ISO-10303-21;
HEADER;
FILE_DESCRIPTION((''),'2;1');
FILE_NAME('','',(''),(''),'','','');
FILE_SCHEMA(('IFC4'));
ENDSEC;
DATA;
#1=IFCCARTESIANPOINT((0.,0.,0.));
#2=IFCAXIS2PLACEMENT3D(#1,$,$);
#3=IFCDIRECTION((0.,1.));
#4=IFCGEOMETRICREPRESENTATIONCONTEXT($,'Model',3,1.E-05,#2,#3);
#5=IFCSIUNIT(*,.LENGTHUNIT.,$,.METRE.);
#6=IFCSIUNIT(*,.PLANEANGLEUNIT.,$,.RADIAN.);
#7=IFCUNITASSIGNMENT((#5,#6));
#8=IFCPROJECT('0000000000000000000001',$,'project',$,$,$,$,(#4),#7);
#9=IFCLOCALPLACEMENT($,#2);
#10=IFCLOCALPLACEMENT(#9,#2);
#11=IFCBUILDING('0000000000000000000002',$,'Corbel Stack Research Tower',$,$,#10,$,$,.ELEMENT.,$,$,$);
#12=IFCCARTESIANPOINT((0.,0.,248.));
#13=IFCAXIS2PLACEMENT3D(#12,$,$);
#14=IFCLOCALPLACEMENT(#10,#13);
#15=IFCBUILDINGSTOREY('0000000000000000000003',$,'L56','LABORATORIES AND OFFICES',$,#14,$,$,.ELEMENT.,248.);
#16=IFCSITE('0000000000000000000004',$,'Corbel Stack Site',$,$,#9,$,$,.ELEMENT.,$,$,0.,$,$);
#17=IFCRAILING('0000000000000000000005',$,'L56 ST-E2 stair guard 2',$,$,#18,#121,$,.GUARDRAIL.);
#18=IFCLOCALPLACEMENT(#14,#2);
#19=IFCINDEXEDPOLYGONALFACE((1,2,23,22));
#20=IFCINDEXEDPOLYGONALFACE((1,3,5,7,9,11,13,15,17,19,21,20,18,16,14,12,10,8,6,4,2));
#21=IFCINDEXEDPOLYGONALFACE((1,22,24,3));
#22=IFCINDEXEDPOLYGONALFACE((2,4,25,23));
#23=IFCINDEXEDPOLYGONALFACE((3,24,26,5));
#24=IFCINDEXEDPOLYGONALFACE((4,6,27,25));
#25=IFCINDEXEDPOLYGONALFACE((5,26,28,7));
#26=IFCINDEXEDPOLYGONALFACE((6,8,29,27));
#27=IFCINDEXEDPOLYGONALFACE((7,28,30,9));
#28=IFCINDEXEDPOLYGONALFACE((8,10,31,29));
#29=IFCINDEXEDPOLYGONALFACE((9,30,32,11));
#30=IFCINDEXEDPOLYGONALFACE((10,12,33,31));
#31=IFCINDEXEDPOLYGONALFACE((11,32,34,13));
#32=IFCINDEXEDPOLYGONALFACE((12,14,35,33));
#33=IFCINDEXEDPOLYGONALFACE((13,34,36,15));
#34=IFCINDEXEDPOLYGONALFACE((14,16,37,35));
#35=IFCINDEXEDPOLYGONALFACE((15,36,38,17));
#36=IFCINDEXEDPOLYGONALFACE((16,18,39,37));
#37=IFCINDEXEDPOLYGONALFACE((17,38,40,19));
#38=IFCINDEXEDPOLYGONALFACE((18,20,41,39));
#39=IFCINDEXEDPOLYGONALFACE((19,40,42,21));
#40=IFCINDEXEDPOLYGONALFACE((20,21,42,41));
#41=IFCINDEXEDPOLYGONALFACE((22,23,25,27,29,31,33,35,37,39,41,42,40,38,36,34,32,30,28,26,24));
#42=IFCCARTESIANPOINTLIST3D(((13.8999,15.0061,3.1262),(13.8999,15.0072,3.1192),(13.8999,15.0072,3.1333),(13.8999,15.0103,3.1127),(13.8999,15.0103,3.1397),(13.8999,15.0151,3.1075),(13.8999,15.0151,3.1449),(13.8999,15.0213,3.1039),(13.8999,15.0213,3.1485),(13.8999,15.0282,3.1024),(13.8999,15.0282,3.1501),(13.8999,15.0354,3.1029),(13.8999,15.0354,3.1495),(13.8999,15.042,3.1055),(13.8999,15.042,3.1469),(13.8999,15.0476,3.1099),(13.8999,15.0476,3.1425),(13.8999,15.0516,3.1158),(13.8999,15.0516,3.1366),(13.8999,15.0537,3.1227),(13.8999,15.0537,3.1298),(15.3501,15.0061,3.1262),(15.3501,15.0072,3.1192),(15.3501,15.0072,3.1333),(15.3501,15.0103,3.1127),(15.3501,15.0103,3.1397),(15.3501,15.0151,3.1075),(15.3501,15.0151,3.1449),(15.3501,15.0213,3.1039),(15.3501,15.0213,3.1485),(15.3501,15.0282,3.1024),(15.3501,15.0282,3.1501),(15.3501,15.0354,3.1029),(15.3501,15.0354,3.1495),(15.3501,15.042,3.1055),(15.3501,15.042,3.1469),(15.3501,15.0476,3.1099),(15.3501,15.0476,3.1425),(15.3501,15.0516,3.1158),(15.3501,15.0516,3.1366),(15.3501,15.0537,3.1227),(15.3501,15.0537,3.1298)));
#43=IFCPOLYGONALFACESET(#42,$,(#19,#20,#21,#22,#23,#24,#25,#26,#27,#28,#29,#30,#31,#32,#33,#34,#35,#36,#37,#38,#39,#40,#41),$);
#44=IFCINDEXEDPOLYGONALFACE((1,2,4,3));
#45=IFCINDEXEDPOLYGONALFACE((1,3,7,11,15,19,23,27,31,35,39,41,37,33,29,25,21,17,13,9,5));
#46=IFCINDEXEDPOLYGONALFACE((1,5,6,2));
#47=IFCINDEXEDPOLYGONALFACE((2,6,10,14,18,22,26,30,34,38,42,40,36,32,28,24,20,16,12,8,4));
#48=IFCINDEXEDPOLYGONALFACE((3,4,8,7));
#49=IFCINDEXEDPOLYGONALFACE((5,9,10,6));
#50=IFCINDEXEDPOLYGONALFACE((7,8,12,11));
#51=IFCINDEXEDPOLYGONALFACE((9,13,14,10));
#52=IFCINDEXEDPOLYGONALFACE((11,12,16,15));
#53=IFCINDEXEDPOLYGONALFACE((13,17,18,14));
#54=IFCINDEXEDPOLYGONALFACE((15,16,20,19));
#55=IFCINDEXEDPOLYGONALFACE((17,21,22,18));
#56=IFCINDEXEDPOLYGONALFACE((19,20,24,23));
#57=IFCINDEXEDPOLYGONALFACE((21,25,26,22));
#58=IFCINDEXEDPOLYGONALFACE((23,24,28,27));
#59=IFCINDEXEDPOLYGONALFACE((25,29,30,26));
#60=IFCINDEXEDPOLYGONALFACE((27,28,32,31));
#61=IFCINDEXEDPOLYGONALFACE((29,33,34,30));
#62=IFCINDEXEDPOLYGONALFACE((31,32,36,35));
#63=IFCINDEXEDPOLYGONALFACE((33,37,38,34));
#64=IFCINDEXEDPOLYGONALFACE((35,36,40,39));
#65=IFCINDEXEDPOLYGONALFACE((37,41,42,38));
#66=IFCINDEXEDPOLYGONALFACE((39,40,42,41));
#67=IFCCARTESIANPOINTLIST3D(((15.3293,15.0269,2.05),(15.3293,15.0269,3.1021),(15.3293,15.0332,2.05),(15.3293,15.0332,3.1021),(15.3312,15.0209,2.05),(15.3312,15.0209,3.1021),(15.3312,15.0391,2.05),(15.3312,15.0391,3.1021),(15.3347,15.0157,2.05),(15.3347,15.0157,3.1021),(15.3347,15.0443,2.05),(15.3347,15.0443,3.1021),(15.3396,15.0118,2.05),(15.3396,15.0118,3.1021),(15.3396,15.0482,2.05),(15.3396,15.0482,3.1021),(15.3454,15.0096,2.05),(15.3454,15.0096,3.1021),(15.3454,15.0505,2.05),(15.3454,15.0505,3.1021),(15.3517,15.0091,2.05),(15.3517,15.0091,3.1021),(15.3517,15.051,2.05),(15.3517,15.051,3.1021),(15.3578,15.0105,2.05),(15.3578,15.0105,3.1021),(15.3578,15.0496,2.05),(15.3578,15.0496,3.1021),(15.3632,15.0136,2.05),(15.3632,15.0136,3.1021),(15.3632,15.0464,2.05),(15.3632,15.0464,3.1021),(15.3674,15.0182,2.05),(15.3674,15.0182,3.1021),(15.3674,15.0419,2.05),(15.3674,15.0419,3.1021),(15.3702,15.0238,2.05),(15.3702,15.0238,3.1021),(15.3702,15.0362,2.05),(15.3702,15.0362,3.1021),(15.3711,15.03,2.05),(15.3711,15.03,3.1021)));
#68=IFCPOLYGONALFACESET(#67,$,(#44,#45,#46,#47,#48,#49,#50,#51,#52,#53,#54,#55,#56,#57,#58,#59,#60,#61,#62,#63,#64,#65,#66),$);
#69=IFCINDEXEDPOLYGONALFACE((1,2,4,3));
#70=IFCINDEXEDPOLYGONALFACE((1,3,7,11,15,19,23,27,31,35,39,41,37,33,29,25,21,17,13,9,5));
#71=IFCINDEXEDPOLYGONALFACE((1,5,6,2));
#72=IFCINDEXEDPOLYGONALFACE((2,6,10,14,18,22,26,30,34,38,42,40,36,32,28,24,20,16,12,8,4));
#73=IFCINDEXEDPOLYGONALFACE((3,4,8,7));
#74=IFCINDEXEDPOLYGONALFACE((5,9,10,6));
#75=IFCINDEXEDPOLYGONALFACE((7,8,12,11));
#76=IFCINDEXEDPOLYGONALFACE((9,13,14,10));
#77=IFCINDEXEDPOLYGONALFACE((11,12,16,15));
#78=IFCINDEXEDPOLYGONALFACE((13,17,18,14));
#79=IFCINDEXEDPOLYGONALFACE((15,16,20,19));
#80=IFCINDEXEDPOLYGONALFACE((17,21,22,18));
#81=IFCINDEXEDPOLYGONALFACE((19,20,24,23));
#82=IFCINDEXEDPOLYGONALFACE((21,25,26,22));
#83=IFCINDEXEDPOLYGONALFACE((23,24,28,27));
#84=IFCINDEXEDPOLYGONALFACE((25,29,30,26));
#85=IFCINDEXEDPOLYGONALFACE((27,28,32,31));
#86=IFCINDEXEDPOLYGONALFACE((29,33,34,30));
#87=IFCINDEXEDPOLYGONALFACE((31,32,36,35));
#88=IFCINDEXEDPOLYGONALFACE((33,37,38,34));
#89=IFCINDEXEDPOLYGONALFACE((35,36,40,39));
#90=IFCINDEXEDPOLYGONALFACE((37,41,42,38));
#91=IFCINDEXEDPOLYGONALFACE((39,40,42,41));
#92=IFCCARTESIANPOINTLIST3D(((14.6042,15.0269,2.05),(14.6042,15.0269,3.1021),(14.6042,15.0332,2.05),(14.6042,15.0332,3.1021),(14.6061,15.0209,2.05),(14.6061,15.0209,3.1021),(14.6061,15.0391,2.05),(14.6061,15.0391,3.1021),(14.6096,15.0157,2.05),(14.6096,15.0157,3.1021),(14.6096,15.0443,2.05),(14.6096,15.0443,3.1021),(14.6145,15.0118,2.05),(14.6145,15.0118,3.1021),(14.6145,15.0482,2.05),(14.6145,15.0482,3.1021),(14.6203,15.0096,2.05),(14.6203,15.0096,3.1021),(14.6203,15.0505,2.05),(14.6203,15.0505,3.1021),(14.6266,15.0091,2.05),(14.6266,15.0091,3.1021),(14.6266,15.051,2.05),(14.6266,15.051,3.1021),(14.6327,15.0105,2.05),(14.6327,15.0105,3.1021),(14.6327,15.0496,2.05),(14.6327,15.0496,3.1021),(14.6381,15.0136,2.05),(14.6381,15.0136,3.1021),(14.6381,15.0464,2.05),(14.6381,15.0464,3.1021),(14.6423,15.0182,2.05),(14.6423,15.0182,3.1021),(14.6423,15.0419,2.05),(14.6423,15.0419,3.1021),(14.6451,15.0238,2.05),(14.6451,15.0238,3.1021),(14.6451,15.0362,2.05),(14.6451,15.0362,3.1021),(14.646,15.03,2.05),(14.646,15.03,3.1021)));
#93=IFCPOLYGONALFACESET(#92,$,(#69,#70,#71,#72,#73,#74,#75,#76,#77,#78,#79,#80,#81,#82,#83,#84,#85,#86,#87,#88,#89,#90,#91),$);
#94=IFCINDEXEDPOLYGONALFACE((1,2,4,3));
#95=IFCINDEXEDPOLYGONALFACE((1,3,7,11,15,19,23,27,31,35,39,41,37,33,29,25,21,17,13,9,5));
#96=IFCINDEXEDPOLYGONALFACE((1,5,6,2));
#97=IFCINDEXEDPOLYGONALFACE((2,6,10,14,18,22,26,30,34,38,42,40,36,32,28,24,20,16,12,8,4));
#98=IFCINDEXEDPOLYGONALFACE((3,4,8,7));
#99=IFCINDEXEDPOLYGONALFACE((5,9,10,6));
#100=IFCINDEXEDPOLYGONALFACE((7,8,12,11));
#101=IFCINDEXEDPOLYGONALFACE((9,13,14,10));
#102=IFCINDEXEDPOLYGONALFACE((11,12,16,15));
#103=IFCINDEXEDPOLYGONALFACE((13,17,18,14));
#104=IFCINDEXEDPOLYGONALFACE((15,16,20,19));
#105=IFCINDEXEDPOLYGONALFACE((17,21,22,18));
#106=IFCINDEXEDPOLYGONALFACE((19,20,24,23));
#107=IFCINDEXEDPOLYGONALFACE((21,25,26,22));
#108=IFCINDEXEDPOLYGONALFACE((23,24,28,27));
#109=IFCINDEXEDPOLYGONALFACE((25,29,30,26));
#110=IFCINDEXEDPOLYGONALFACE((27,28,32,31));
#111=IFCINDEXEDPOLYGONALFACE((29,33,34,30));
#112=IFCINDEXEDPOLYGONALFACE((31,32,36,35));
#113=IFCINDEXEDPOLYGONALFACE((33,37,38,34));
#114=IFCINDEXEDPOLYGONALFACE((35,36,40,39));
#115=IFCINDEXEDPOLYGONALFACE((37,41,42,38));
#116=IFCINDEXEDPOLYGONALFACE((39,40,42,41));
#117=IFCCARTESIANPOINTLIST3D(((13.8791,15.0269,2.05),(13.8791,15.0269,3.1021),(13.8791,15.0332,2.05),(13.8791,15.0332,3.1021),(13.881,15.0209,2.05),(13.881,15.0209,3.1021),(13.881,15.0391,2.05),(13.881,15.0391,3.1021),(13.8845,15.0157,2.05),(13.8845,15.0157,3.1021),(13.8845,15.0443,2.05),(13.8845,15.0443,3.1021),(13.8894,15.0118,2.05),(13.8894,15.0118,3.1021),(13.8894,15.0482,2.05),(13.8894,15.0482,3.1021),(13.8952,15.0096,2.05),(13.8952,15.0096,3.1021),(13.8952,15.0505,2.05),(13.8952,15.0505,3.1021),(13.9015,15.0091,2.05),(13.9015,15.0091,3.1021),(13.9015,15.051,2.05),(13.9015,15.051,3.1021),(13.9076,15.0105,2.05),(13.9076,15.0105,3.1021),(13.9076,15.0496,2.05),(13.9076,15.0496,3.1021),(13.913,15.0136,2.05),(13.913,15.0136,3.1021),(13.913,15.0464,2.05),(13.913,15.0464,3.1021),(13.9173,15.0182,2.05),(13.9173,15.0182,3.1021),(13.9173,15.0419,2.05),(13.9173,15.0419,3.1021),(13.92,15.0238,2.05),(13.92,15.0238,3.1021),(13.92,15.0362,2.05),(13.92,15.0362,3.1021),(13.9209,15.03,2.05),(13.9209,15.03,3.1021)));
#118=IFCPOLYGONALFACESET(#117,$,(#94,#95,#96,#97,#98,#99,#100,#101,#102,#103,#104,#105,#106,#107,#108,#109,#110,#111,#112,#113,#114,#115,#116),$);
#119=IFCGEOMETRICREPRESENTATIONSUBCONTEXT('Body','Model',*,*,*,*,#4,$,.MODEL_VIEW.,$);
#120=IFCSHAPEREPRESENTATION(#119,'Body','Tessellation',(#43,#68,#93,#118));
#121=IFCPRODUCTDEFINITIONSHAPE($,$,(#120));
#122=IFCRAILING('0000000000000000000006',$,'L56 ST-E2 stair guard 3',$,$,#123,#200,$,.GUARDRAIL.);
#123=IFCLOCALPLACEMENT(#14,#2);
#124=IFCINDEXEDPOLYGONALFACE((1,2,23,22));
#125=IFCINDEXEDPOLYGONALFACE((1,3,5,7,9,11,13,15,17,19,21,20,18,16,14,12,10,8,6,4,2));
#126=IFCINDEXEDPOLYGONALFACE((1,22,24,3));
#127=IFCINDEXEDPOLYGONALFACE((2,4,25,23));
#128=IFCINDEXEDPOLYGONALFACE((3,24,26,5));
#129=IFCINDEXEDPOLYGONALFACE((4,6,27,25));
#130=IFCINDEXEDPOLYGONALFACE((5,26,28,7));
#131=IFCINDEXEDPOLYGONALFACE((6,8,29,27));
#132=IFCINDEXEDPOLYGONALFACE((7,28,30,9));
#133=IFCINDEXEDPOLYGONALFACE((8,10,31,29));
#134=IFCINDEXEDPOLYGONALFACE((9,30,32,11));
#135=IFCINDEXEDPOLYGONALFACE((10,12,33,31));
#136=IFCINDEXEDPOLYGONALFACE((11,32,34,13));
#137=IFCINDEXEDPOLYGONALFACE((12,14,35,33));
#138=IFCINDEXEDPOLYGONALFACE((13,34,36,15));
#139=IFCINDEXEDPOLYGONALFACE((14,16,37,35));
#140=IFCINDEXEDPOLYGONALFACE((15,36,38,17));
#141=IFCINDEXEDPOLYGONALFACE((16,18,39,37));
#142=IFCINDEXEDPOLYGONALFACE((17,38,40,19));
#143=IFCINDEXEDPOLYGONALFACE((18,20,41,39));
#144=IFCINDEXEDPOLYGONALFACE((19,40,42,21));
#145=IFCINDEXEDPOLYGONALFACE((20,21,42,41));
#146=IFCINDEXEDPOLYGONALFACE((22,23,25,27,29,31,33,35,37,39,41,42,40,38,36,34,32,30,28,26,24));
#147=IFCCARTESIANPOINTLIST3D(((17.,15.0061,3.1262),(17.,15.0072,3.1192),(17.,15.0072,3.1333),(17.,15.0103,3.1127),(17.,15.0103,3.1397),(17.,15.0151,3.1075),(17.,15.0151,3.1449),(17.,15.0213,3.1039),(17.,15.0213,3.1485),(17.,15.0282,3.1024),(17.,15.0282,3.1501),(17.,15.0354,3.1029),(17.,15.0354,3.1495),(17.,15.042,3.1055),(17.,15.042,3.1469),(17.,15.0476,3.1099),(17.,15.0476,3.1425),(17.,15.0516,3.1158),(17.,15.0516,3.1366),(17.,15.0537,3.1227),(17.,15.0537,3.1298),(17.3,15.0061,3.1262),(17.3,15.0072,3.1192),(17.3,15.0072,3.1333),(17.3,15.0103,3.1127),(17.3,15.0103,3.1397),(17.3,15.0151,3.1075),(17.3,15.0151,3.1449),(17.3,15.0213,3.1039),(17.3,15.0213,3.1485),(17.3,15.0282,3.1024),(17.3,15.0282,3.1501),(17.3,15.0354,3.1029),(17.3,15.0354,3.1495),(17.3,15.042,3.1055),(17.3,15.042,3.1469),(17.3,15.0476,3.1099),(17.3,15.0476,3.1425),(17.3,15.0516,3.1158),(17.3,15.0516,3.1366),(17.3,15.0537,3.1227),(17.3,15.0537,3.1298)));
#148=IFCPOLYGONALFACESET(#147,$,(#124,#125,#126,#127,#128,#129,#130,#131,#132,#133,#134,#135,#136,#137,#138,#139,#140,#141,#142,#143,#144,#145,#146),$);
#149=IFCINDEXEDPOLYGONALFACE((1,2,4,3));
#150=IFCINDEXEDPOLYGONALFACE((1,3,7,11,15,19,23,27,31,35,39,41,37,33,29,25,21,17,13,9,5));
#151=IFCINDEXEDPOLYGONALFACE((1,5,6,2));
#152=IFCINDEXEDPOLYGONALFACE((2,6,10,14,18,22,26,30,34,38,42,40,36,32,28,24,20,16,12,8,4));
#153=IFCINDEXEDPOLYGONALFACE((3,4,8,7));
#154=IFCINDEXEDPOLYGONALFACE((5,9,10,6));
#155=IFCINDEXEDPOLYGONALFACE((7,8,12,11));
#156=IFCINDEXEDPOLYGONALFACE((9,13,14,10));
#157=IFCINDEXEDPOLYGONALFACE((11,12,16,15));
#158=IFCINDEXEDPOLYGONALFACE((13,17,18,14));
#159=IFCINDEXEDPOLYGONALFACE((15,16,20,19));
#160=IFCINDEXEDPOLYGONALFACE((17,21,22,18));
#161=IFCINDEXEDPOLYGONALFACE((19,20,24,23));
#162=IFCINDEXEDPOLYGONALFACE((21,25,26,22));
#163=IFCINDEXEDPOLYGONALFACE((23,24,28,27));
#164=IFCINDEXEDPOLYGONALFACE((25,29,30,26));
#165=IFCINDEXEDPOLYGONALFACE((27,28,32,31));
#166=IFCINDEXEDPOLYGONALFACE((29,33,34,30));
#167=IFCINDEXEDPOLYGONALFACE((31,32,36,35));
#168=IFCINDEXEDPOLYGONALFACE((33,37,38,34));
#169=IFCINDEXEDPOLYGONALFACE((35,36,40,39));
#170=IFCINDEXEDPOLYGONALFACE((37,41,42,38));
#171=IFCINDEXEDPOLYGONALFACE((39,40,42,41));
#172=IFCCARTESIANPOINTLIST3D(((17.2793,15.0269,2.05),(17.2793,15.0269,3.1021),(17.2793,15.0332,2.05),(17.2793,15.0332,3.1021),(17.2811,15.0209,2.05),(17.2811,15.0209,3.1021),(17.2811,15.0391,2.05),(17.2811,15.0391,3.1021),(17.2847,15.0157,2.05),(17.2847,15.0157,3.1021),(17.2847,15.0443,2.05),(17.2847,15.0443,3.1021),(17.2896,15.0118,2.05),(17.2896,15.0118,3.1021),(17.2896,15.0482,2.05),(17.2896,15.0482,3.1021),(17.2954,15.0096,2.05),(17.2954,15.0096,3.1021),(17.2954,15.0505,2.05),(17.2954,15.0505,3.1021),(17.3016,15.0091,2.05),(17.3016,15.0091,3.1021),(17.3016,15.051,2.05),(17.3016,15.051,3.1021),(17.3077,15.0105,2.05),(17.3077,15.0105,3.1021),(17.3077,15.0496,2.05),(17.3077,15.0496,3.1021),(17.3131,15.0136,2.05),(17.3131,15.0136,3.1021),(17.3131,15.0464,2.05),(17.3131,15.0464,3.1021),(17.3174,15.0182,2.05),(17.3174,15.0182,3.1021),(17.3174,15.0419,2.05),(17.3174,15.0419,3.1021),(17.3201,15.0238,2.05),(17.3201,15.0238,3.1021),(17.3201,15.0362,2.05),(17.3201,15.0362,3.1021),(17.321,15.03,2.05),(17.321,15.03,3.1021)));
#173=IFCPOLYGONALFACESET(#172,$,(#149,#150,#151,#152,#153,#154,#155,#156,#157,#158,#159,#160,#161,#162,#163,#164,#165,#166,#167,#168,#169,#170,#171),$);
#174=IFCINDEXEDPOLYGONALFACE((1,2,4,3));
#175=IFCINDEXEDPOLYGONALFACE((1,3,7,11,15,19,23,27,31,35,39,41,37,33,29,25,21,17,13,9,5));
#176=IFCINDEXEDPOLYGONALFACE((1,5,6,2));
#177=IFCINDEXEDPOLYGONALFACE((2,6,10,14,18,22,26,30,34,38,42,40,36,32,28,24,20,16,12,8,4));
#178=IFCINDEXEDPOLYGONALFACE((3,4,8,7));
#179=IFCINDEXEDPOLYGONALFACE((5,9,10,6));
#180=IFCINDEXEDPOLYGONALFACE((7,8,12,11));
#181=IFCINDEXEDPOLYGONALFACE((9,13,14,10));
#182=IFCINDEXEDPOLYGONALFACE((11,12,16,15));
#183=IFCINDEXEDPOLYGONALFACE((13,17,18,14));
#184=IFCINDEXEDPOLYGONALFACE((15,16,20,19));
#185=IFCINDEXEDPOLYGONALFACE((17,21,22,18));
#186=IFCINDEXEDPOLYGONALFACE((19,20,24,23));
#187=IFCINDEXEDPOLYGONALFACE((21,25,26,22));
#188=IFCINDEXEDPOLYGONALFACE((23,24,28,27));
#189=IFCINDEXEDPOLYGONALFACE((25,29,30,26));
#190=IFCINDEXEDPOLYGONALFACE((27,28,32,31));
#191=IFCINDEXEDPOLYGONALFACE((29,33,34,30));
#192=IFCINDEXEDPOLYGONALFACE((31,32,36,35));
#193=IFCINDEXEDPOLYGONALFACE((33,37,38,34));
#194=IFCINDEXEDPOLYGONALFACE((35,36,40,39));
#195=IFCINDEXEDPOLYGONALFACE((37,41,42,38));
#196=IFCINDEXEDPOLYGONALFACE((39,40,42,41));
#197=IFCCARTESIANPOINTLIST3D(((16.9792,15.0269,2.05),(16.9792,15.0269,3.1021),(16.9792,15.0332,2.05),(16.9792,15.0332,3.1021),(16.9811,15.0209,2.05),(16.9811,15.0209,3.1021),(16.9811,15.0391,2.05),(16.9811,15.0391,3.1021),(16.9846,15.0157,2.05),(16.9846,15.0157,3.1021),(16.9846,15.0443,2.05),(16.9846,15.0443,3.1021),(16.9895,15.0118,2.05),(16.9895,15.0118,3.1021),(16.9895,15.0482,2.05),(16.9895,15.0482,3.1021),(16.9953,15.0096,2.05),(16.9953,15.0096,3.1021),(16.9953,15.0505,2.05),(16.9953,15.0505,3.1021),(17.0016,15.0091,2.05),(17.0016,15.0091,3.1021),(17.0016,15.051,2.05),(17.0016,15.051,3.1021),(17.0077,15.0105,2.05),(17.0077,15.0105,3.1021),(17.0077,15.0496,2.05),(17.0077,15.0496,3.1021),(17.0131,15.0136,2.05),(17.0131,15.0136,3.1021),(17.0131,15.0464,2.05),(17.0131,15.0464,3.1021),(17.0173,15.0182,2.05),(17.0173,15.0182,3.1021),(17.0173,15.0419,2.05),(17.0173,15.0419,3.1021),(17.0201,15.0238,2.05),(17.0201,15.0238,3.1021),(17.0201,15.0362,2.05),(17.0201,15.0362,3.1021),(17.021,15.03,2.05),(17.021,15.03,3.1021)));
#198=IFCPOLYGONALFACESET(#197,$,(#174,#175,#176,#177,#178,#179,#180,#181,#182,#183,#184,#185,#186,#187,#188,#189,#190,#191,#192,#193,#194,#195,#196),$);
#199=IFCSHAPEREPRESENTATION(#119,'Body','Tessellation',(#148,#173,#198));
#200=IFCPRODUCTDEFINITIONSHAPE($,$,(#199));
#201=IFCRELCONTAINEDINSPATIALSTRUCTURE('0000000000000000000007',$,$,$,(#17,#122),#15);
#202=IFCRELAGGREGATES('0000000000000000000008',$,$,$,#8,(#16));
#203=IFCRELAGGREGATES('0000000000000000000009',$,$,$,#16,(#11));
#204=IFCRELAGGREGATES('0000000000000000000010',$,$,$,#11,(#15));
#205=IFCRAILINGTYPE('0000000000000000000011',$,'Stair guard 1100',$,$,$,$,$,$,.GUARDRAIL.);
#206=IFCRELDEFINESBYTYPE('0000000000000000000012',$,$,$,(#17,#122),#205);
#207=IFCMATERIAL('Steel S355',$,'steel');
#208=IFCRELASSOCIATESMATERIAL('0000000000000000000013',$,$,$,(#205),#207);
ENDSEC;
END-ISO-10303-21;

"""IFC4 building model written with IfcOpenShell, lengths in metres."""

from ifc_helpers import new_model, si_unit, direction, frame, origin, origin_2d, place, context, subcontext, project, spatial, circle, extrude, material, type_object, element, save


model = new_model("IFC4")

# Units and contexts
model_context = context("Model", 3, precision=1e-05, world=origin(), true_north=direction((0.0, 1.0)))
body_context = subcontext(model_context, "Body", "Model", "MODEL_VIEW")
ifc_project = project(units=[si_unit("LENGTHUNIT", "METRE"), si_unit("PLANEANGLEUNIT", "RADIAN")], contexts=[model_context])

# Site, building, storey
site_placement = place(None, origin())
site = spatial("IfcSite", under=ifc_project, at=site_placement, Name="Corbel Stack Site", CompositionType="ELEMENT", RefElevation=0.0)
building_placement = place(site_placement, origin())
building = spatial("IfcBuilding", under=site, at=building_placement, Name="Corbel Stack Research Tower", CompositionType="ELEMENT")
storey_placement = place(building_placement, frame((0.0, 0.0, 248.0)))
storey = spatial("IfcBuildingStorey", under=building, at=storey_placement, Name="L56", Description="LABORATORIES AND OFFICES", CompositionType="ELEMENT", Elevation=248.0)

# Railings
ifc_material_1 = material(Name="Steel S355", Category="steel")
railing_type_1 = type_object("IfcRailingType", Name="Stair guard 1100", PredefinedType="GUARDRAIL", material=ifc_material_1)
railing_1_placement = place(storey_placement, frame((15.3501, 15.03, 2.05)))
element("IfcRailing", 1, at=railing_1_placement, inside=storey, type_object=railing_type_1, Name="L56 ST-E2 stair guard 2", PredefinedType="GUARDRAIL", context=body_context, shape_type="SweptSolid", body=[
    extrude(circle(Radius=0.0239, at=origin_2d()), frame((0.0, 0.0, 1.0762), z_axis=(-1.0, 0.0, 0.0), x_axis=(0.0, -1.0, 0.0)), (0.0, 0.0, 1.0), 1.4502),
    extrude(circle(Radius=0.021, at=origin_2d()), origin(), (0.0, 0.0, 1.0), 1.052),
    extrude(circle(Radius=0.021, at=origin_2d()), frame((-0.7251, 0.0, 0.0)), (0.0, 0.0, 1.0), 1.052),
    extrude(circle(Radius=0.021, at=origin_2d()), frame((-1.4502, 0.0, 0.0)), (0.0, 0.0, 1.0), 1.052),
])
railing_2_placement = place(storey_placement, frame((17.3, 15.03, 2.05)))
element("IfcRailing", 2, at=railing_2_placement, inside=storey, type_object=railing_type_1, Name="L56 ST-E2 stair guard 3", PredefinedType="GUARDRAIL", context=body_context, shape_type="SweptSolid", body=[
    extrude(circle(Radius=0.0239, at=origin_2d()), frame((0.0, 0.0, 1.0762), z_axis=(-1.0, 0.0, 0.0), x_axis=(0.0, -1.0, 0.0)), (0.0, 0.0, 1.0), 0.3),
    extrude(circle(Radius=0.021, at=origin_2d()), origin(), (0.0, 0.0, 1.0), 1.052),
    extrude(circle(Radius=0.021, at=origin_2d()), frame((-0.3, 0.0, 0.0)), (0.0, 0.0, 1.0), 1.052),
])

save(model, "model.ifc")
